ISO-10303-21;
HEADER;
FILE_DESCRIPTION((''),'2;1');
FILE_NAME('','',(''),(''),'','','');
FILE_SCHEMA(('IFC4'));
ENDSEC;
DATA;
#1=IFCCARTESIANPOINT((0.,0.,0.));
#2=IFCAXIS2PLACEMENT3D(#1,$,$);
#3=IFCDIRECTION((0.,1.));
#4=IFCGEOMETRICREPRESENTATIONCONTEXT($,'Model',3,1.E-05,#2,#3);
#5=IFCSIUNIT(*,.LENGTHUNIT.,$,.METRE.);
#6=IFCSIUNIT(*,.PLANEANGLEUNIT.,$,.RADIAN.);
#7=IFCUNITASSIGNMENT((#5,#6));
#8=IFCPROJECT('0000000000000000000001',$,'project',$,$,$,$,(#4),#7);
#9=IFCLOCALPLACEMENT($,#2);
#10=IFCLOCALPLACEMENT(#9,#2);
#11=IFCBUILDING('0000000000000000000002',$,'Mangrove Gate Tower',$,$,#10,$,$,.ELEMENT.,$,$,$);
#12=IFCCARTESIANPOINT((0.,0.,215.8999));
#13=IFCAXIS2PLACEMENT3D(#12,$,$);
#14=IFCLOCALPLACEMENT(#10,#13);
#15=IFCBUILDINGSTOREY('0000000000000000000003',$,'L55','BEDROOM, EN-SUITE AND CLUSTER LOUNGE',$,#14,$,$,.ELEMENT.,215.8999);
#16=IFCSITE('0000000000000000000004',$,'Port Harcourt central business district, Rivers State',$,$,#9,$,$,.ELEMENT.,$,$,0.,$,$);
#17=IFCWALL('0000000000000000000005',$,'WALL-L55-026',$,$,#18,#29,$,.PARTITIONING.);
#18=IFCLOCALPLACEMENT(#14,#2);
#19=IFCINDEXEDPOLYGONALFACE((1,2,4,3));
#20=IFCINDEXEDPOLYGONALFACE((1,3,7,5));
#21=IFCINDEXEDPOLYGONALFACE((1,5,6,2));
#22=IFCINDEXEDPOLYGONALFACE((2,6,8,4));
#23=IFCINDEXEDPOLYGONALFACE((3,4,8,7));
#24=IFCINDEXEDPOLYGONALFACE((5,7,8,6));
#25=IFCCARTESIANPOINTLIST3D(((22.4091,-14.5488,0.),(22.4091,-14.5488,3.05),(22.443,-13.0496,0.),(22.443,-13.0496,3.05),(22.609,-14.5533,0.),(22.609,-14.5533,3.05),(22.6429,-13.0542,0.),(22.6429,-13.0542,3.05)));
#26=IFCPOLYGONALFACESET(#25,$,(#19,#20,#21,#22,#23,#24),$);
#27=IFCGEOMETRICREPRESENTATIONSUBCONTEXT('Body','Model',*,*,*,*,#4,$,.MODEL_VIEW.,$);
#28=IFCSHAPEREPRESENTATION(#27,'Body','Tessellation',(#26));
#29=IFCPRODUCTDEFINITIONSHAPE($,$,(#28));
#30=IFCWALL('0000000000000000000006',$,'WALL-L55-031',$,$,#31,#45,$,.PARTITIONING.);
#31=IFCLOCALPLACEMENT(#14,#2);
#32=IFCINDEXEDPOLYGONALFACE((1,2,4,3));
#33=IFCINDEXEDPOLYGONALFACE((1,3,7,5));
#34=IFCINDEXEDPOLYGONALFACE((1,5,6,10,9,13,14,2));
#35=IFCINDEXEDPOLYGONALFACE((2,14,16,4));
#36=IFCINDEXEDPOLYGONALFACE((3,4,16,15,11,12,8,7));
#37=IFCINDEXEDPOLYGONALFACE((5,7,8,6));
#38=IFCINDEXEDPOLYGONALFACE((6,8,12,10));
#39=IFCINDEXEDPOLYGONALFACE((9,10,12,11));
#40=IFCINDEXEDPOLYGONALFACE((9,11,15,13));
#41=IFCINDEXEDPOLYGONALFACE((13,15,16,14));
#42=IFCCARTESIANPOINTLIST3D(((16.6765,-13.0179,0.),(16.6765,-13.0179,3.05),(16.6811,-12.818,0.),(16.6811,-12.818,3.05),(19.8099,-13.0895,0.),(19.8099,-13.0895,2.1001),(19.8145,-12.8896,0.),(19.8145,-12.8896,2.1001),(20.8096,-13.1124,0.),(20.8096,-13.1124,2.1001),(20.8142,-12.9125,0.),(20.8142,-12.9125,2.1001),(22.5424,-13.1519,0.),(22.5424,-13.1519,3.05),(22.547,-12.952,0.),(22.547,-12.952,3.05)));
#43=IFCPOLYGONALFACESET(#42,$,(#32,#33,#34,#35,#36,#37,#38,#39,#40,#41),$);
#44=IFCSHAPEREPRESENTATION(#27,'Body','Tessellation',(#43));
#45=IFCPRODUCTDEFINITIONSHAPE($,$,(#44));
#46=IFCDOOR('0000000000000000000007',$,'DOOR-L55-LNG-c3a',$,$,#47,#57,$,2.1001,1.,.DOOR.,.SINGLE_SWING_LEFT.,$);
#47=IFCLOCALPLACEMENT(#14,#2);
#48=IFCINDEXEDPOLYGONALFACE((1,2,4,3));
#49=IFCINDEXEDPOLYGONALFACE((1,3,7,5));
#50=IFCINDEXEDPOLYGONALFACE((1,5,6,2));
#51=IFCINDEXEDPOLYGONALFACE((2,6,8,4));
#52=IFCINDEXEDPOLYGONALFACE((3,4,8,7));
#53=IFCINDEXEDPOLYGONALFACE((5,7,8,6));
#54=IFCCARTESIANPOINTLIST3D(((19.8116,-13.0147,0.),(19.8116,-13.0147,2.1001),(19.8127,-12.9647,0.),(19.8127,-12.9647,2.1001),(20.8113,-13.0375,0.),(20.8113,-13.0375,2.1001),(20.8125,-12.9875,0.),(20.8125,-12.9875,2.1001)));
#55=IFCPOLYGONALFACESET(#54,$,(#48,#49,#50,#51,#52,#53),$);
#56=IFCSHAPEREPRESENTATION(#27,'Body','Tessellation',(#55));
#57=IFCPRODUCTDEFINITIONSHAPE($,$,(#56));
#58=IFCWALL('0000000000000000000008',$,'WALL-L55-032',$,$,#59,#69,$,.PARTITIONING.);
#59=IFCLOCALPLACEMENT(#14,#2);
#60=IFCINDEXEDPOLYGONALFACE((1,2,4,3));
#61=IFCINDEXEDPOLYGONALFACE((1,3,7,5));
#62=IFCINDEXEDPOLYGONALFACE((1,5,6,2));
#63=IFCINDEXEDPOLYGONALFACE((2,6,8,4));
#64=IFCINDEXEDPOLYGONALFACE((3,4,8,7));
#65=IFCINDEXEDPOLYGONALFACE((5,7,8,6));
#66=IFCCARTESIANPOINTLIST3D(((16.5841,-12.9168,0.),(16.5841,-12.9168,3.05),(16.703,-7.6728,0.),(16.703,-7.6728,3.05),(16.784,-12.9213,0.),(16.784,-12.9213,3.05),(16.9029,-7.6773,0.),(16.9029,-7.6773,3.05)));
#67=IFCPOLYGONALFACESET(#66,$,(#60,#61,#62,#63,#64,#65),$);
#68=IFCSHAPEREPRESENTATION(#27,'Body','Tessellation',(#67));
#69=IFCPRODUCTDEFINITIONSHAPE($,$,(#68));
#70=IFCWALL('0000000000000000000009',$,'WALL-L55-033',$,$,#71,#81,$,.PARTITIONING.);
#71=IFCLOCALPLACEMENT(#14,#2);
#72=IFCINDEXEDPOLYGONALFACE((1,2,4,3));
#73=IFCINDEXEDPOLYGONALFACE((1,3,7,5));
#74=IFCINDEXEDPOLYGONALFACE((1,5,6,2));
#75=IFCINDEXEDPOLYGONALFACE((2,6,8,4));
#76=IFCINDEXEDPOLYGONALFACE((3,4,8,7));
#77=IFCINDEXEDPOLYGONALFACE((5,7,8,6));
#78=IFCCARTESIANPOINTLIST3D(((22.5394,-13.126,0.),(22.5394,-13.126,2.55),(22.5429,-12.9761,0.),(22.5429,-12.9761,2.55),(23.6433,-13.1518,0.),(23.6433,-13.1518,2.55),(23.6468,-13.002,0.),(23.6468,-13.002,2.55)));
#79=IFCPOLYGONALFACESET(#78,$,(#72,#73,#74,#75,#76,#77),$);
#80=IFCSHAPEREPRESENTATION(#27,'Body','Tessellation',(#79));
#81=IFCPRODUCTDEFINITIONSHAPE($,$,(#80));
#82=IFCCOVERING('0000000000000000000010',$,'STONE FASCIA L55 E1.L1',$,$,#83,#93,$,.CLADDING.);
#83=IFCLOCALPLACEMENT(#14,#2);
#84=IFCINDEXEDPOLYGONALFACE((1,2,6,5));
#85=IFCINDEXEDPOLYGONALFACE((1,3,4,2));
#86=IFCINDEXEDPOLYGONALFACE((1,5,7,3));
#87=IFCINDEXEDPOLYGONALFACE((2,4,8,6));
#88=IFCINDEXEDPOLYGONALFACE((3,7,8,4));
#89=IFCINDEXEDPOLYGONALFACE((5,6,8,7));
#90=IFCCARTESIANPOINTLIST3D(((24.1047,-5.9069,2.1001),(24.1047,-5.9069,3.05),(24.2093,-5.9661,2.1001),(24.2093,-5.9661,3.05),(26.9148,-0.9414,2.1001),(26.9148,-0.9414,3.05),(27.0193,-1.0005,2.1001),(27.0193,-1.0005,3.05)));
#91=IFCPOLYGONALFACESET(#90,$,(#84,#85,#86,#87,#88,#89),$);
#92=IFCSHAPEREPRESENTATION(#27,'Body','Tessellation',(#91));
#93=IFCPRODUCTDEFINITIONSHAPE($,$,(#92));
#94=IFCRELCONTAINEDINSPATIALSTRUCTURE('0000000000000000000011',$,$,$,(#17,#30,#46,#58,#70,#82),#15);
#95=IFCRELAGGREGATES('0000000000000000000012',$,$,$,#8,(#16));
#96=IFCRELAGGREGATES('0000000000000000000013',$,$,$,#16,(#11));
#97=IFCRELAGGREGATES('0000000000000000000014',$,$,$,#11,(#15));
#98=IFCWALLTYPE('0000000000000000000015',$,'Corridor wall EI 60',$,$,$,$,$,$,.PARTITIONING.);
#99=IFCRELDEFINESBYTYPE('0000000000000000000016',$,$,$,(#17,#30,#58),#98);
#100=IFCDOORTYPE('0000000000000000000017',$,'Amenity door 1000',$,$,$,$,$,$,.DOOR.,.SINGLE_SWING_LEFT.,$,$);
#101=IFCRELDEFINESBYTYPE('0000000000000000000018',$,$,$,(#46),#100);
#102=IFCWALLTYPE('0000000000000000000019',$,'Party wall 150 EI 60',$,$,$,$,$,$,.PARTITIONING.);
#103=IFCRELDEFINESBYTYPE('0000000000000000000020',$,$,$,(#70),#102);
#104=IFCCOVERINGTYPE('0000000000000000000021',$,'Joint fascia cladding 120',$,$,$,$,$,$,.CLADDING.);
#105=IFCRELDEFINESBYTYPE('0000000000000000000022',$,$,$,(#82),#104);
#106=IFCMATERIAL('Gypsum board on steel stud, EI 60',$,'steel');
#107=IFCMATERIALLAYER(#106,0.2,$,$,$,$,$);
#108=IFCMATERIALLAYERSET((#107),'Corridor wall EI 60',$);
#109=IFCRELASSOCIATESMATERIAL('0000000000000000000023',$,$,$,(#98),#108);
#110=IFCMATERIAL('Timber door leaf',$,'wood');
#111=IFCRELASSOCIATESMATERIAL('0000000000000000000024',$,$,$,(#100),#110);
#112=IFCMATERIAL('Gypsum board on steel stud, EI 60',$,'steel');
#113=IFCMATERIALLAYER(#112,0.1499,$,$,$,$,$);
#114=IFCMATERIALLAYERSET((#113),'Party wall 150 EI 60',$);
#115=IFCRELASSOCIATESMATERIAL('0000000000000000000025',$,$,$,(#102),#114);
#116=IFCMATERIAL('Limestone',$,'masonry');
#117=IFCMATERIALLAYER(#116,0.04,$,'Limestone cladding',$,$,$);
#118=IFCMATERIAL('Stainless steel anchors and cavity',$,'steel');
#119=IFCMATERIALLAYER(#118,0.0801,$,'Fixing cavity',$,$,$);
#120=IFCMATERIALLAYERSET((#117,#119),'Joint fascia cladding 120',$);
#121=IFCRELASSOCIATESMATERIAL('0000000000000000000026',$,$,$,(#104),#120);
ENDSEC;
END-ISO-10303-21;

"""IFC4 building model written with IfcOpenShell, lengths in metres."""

from ifc_helpers import new_model, si_unit, direction, frame, frame_2d, origin, place, context, subcontext, project, spatial, rectangle, extrude, material, layer, layer_set, type_object, element, fill, save


model = new_model("IFC4")

# Units and contexts
model_context = context("Model", 3, precision=1e-05, world=origin(), true_north=direction((0.0, 1.0)))
body_context = subcontext(model_context, "Body", "Model", "MODEL_VIEW")
ifc_project = project(units=[si_unit("LENGTHUNIT", "METRE"), si_unit("PLANEANGLEUNIT", "RADIAN")], contexts=[model_context])

# Site, building, storey
site_placement = place(None, origin())
site = spatial("IfcSite", under=ifc_project, at=site_placement, Name="Port Harcourt central business district, Rivers State", CompositionType="ELEMENT", RefElevation=0.0)
building_placement = place(site_placement, origin())
building = spatial("IfcBuilding", under=site, at=building_placement, Name="Mangrove Gate Tower", CompositionType="ELEMENT")
storey_placement = place(building_placement, frame((0.0, 0.0, 215.8999)))
storey = spatial("IfcBuildingStorey", under=building, at=storey_placement, Name="L55", Description="BEDROOM, EN-SUITE AND CLUSTER LOUNGE", CompositionType="ELEMENT", Elevation=215.8999)

# Wall
ifc_material_1 = material(Name="Gypsum board on steel stud, EI 60", Category="steel")
ifc_layer_1 = layer(ifc_material_1, 0.2)
ifc_layer_set_1 = layer_set([ifc_layer_1], Name="Corridor wall EI 60")
wall_type_1 = type_object("IfcWallType", Name="Corridor wall EI 60", PredefinedType="PARTITIONING", material=ifc_layer_set_1)
wall_1_placement = place(storey_placement, frame((22.509, -14.551, 0.0), z_axis=(0.0, 0.0, 1.0), x_axis=(0.022633, 0.999744, 0.0)))
element("IfcWall", 1, at=wall_1_placement, inside=storey, type_object=wall_type_1, Name="WALL-L55-026", PredefinedType="PARTITIONING", context=body_context, shape_type="SweptSolid", body=[
    extrude(rectangle(XDim=1.4995, YDim=0.2, at=frame_2d((0.7498, 0.0))), origin(), (0.0, 0.0, 1.0), 3.05),
])

# Wall, opening, door
wall_2_placement = place(storey_placement, frame((16.679, -12.918, 0.0), z_axis=(0.0, 0.0, 1.0), x_axis=(0.999739, -0.022843, 0.0)))
wall_2 = element("IfcWall", 2, at=wall_2_placement, inside=storey, type_object=wall_type_1, Name="WALL-L55-031", PredefinedType="PARTITIONING", context=body_context, shape_type="SweptSolid", body=[
    extrude(rectangle(XDim=5.8674, YDim=0.2, at=frame_2d((2.9336, 0.0))), origin(), (0.0, 0.0, 1.0), 3.05),
])
opening_1_placement = place(wall_2_placement, frame((3.134, 0.0, 0.0)))
opening_1 = element("IfcOpeningElement", 3, at=opening_1_placement, cuts=wall_2, PredefinedType="OPENING", context=body_context, shape_type="SweptSolid", body=[
    extrude(rectangle(XDim=1.0, YDim=2.1001, at=frame_2d((0.5, 1.05))), frame((0.0, 0.1099, 0.0), z_axis=(0.0, -1.0, 0.0), x_axis=(1.0, 0.0, 0.0)), (0.0, 0.0, 1.0), 0.22),
])
ifc_material_2 = material(Name="Timber door leaf", Category="wood")
door_type_1 = type_object("IfcDoorType", Name="Amenity door 1000", OperationType="SINGLE_SWING_LEFT", PredefinedType="DOOR", material=ifc_material_2)
door_1_placement = place(opening_1_placement, origin())
door_1 = element("IfcDoor", 4, at=door_1_placement, inside=storey, type_object=door_type_1, Name="DOOR-L55-LNG-c3a", OperationType="SINGLE_SWING_LEFT", OverallHeight=2.1001, OverallWidth=1.0, PredefinedType="DOOR", context=body_context, shape_type="SweptSolid", body=[
    extrude(rectangle(XDim=1.0, YDim=2.1001, at=frame_2d((0.5, 1.05))), frame((0.0, 0.0249, 0.0), z_axis=(0.0, -1.0, 0.0), x_axis=(1.0, 0.0, 0.0)), (0.0, 0.0, 1.0), 0.05),
])
fill(opening_1, door_1)

# Walls
wall_3_placement = place(storey_placement, frame((16.6841, -12.9189, 0.0), z_axis=(0.0, 0.0, 1.0), x_axis=(0.022667, 0.999743, 0.0)))
element("IfcWall", 5, at=wall_3_placement, inside=storey, type_object=wall_type_1, Name="WALL-L55-032", PredefinedType="PARTITIONING", context=body_context, shape_type="SweptSolid", body=[
    extrude(rectangle(XDim=5.2454, YDim=0.2, at=frame_2d((2.6226, 0.0))), origin(), (0.0, 0.0, 1.0), 3.05),
])
ifc_material_3 = material(Name="Gypsum board on steel stud, EI 60", Category="steel")
ifc_layer_2 = layer(ifc_material_3, 0.1499)
ifc_layer_set_2 = layer_set([ifc_layer_2], Name="Party wall 150 EI 60")
wall_type_2 = type_object("IfcWallType", Name="Party wall 150 EI 60", PredefinedType="PARTITIONING", material=ifc_layer_set_2)
wall_4_placement = place(storey_placement, frame((22.541, -13.051, 0.0), z_axis=(0.0, 0.0, 1.0), x_axis=(0.999725, -0.023435, 0.0)))
element("IfcWall", 6, at=wall_4_placement, inside=storey, type_object=wall_type_2, Name="WALL-L55-033", PredefinedType="PARTITIONING", context=body_context, shape_type="SweptSolid", body=[
    extrude(rectangle(XDim=1.1042, YDim=0.1499, at=frame_2d((0.5522, 0.0))), origin(), (0.0, 0.0, 1.0), 2.55),
])

# Covering
ifc_material_4 = material(Name="Limestone", Category="masonry")
ifc_layer_3 = layer(ifc_material_4, 0.04, Name="Limestone cladding")
ifc_material_5 = material(Name="Stainless steel anchors and cavity", Category="steel")
ifc_layer_4 = layer(ifc_material_5, 0.0801, Name="Fixing cavity")
ifc_layer_set_3 = layer_set([ifc_layer_3, ifc_layer_4], Name="Joint fascia cladding 120")
covering_type = type_object("IfcCoveringType", Name="Joint fascia cladding 120", PredefinedType="CLADDING", material=ifc_layer_set_3)
covering_placement = place(storey_placement, frame((24.157, -5.9365, 2.1001), z_axis=(0.0, 0.0, 1.0), x_axis=(0.492513, 0.870305, 0.0)))
element("IfcCovering", 7, at=covering_placement, inside=storey, type_object=covering_type, Name="STONE FASCIA L55 E1.L1", PredefinedType="CLADDING", context=body_context, shape_type="SweptSolid", body=[
    extrude(rectangle(XDim=5.7056, YDim=0.1201, at=frame_2d((2.8528, 0.0))), origin(), (0.0, 0.0, 1.0), 0.95),
])

save(model, "model.ifc")
